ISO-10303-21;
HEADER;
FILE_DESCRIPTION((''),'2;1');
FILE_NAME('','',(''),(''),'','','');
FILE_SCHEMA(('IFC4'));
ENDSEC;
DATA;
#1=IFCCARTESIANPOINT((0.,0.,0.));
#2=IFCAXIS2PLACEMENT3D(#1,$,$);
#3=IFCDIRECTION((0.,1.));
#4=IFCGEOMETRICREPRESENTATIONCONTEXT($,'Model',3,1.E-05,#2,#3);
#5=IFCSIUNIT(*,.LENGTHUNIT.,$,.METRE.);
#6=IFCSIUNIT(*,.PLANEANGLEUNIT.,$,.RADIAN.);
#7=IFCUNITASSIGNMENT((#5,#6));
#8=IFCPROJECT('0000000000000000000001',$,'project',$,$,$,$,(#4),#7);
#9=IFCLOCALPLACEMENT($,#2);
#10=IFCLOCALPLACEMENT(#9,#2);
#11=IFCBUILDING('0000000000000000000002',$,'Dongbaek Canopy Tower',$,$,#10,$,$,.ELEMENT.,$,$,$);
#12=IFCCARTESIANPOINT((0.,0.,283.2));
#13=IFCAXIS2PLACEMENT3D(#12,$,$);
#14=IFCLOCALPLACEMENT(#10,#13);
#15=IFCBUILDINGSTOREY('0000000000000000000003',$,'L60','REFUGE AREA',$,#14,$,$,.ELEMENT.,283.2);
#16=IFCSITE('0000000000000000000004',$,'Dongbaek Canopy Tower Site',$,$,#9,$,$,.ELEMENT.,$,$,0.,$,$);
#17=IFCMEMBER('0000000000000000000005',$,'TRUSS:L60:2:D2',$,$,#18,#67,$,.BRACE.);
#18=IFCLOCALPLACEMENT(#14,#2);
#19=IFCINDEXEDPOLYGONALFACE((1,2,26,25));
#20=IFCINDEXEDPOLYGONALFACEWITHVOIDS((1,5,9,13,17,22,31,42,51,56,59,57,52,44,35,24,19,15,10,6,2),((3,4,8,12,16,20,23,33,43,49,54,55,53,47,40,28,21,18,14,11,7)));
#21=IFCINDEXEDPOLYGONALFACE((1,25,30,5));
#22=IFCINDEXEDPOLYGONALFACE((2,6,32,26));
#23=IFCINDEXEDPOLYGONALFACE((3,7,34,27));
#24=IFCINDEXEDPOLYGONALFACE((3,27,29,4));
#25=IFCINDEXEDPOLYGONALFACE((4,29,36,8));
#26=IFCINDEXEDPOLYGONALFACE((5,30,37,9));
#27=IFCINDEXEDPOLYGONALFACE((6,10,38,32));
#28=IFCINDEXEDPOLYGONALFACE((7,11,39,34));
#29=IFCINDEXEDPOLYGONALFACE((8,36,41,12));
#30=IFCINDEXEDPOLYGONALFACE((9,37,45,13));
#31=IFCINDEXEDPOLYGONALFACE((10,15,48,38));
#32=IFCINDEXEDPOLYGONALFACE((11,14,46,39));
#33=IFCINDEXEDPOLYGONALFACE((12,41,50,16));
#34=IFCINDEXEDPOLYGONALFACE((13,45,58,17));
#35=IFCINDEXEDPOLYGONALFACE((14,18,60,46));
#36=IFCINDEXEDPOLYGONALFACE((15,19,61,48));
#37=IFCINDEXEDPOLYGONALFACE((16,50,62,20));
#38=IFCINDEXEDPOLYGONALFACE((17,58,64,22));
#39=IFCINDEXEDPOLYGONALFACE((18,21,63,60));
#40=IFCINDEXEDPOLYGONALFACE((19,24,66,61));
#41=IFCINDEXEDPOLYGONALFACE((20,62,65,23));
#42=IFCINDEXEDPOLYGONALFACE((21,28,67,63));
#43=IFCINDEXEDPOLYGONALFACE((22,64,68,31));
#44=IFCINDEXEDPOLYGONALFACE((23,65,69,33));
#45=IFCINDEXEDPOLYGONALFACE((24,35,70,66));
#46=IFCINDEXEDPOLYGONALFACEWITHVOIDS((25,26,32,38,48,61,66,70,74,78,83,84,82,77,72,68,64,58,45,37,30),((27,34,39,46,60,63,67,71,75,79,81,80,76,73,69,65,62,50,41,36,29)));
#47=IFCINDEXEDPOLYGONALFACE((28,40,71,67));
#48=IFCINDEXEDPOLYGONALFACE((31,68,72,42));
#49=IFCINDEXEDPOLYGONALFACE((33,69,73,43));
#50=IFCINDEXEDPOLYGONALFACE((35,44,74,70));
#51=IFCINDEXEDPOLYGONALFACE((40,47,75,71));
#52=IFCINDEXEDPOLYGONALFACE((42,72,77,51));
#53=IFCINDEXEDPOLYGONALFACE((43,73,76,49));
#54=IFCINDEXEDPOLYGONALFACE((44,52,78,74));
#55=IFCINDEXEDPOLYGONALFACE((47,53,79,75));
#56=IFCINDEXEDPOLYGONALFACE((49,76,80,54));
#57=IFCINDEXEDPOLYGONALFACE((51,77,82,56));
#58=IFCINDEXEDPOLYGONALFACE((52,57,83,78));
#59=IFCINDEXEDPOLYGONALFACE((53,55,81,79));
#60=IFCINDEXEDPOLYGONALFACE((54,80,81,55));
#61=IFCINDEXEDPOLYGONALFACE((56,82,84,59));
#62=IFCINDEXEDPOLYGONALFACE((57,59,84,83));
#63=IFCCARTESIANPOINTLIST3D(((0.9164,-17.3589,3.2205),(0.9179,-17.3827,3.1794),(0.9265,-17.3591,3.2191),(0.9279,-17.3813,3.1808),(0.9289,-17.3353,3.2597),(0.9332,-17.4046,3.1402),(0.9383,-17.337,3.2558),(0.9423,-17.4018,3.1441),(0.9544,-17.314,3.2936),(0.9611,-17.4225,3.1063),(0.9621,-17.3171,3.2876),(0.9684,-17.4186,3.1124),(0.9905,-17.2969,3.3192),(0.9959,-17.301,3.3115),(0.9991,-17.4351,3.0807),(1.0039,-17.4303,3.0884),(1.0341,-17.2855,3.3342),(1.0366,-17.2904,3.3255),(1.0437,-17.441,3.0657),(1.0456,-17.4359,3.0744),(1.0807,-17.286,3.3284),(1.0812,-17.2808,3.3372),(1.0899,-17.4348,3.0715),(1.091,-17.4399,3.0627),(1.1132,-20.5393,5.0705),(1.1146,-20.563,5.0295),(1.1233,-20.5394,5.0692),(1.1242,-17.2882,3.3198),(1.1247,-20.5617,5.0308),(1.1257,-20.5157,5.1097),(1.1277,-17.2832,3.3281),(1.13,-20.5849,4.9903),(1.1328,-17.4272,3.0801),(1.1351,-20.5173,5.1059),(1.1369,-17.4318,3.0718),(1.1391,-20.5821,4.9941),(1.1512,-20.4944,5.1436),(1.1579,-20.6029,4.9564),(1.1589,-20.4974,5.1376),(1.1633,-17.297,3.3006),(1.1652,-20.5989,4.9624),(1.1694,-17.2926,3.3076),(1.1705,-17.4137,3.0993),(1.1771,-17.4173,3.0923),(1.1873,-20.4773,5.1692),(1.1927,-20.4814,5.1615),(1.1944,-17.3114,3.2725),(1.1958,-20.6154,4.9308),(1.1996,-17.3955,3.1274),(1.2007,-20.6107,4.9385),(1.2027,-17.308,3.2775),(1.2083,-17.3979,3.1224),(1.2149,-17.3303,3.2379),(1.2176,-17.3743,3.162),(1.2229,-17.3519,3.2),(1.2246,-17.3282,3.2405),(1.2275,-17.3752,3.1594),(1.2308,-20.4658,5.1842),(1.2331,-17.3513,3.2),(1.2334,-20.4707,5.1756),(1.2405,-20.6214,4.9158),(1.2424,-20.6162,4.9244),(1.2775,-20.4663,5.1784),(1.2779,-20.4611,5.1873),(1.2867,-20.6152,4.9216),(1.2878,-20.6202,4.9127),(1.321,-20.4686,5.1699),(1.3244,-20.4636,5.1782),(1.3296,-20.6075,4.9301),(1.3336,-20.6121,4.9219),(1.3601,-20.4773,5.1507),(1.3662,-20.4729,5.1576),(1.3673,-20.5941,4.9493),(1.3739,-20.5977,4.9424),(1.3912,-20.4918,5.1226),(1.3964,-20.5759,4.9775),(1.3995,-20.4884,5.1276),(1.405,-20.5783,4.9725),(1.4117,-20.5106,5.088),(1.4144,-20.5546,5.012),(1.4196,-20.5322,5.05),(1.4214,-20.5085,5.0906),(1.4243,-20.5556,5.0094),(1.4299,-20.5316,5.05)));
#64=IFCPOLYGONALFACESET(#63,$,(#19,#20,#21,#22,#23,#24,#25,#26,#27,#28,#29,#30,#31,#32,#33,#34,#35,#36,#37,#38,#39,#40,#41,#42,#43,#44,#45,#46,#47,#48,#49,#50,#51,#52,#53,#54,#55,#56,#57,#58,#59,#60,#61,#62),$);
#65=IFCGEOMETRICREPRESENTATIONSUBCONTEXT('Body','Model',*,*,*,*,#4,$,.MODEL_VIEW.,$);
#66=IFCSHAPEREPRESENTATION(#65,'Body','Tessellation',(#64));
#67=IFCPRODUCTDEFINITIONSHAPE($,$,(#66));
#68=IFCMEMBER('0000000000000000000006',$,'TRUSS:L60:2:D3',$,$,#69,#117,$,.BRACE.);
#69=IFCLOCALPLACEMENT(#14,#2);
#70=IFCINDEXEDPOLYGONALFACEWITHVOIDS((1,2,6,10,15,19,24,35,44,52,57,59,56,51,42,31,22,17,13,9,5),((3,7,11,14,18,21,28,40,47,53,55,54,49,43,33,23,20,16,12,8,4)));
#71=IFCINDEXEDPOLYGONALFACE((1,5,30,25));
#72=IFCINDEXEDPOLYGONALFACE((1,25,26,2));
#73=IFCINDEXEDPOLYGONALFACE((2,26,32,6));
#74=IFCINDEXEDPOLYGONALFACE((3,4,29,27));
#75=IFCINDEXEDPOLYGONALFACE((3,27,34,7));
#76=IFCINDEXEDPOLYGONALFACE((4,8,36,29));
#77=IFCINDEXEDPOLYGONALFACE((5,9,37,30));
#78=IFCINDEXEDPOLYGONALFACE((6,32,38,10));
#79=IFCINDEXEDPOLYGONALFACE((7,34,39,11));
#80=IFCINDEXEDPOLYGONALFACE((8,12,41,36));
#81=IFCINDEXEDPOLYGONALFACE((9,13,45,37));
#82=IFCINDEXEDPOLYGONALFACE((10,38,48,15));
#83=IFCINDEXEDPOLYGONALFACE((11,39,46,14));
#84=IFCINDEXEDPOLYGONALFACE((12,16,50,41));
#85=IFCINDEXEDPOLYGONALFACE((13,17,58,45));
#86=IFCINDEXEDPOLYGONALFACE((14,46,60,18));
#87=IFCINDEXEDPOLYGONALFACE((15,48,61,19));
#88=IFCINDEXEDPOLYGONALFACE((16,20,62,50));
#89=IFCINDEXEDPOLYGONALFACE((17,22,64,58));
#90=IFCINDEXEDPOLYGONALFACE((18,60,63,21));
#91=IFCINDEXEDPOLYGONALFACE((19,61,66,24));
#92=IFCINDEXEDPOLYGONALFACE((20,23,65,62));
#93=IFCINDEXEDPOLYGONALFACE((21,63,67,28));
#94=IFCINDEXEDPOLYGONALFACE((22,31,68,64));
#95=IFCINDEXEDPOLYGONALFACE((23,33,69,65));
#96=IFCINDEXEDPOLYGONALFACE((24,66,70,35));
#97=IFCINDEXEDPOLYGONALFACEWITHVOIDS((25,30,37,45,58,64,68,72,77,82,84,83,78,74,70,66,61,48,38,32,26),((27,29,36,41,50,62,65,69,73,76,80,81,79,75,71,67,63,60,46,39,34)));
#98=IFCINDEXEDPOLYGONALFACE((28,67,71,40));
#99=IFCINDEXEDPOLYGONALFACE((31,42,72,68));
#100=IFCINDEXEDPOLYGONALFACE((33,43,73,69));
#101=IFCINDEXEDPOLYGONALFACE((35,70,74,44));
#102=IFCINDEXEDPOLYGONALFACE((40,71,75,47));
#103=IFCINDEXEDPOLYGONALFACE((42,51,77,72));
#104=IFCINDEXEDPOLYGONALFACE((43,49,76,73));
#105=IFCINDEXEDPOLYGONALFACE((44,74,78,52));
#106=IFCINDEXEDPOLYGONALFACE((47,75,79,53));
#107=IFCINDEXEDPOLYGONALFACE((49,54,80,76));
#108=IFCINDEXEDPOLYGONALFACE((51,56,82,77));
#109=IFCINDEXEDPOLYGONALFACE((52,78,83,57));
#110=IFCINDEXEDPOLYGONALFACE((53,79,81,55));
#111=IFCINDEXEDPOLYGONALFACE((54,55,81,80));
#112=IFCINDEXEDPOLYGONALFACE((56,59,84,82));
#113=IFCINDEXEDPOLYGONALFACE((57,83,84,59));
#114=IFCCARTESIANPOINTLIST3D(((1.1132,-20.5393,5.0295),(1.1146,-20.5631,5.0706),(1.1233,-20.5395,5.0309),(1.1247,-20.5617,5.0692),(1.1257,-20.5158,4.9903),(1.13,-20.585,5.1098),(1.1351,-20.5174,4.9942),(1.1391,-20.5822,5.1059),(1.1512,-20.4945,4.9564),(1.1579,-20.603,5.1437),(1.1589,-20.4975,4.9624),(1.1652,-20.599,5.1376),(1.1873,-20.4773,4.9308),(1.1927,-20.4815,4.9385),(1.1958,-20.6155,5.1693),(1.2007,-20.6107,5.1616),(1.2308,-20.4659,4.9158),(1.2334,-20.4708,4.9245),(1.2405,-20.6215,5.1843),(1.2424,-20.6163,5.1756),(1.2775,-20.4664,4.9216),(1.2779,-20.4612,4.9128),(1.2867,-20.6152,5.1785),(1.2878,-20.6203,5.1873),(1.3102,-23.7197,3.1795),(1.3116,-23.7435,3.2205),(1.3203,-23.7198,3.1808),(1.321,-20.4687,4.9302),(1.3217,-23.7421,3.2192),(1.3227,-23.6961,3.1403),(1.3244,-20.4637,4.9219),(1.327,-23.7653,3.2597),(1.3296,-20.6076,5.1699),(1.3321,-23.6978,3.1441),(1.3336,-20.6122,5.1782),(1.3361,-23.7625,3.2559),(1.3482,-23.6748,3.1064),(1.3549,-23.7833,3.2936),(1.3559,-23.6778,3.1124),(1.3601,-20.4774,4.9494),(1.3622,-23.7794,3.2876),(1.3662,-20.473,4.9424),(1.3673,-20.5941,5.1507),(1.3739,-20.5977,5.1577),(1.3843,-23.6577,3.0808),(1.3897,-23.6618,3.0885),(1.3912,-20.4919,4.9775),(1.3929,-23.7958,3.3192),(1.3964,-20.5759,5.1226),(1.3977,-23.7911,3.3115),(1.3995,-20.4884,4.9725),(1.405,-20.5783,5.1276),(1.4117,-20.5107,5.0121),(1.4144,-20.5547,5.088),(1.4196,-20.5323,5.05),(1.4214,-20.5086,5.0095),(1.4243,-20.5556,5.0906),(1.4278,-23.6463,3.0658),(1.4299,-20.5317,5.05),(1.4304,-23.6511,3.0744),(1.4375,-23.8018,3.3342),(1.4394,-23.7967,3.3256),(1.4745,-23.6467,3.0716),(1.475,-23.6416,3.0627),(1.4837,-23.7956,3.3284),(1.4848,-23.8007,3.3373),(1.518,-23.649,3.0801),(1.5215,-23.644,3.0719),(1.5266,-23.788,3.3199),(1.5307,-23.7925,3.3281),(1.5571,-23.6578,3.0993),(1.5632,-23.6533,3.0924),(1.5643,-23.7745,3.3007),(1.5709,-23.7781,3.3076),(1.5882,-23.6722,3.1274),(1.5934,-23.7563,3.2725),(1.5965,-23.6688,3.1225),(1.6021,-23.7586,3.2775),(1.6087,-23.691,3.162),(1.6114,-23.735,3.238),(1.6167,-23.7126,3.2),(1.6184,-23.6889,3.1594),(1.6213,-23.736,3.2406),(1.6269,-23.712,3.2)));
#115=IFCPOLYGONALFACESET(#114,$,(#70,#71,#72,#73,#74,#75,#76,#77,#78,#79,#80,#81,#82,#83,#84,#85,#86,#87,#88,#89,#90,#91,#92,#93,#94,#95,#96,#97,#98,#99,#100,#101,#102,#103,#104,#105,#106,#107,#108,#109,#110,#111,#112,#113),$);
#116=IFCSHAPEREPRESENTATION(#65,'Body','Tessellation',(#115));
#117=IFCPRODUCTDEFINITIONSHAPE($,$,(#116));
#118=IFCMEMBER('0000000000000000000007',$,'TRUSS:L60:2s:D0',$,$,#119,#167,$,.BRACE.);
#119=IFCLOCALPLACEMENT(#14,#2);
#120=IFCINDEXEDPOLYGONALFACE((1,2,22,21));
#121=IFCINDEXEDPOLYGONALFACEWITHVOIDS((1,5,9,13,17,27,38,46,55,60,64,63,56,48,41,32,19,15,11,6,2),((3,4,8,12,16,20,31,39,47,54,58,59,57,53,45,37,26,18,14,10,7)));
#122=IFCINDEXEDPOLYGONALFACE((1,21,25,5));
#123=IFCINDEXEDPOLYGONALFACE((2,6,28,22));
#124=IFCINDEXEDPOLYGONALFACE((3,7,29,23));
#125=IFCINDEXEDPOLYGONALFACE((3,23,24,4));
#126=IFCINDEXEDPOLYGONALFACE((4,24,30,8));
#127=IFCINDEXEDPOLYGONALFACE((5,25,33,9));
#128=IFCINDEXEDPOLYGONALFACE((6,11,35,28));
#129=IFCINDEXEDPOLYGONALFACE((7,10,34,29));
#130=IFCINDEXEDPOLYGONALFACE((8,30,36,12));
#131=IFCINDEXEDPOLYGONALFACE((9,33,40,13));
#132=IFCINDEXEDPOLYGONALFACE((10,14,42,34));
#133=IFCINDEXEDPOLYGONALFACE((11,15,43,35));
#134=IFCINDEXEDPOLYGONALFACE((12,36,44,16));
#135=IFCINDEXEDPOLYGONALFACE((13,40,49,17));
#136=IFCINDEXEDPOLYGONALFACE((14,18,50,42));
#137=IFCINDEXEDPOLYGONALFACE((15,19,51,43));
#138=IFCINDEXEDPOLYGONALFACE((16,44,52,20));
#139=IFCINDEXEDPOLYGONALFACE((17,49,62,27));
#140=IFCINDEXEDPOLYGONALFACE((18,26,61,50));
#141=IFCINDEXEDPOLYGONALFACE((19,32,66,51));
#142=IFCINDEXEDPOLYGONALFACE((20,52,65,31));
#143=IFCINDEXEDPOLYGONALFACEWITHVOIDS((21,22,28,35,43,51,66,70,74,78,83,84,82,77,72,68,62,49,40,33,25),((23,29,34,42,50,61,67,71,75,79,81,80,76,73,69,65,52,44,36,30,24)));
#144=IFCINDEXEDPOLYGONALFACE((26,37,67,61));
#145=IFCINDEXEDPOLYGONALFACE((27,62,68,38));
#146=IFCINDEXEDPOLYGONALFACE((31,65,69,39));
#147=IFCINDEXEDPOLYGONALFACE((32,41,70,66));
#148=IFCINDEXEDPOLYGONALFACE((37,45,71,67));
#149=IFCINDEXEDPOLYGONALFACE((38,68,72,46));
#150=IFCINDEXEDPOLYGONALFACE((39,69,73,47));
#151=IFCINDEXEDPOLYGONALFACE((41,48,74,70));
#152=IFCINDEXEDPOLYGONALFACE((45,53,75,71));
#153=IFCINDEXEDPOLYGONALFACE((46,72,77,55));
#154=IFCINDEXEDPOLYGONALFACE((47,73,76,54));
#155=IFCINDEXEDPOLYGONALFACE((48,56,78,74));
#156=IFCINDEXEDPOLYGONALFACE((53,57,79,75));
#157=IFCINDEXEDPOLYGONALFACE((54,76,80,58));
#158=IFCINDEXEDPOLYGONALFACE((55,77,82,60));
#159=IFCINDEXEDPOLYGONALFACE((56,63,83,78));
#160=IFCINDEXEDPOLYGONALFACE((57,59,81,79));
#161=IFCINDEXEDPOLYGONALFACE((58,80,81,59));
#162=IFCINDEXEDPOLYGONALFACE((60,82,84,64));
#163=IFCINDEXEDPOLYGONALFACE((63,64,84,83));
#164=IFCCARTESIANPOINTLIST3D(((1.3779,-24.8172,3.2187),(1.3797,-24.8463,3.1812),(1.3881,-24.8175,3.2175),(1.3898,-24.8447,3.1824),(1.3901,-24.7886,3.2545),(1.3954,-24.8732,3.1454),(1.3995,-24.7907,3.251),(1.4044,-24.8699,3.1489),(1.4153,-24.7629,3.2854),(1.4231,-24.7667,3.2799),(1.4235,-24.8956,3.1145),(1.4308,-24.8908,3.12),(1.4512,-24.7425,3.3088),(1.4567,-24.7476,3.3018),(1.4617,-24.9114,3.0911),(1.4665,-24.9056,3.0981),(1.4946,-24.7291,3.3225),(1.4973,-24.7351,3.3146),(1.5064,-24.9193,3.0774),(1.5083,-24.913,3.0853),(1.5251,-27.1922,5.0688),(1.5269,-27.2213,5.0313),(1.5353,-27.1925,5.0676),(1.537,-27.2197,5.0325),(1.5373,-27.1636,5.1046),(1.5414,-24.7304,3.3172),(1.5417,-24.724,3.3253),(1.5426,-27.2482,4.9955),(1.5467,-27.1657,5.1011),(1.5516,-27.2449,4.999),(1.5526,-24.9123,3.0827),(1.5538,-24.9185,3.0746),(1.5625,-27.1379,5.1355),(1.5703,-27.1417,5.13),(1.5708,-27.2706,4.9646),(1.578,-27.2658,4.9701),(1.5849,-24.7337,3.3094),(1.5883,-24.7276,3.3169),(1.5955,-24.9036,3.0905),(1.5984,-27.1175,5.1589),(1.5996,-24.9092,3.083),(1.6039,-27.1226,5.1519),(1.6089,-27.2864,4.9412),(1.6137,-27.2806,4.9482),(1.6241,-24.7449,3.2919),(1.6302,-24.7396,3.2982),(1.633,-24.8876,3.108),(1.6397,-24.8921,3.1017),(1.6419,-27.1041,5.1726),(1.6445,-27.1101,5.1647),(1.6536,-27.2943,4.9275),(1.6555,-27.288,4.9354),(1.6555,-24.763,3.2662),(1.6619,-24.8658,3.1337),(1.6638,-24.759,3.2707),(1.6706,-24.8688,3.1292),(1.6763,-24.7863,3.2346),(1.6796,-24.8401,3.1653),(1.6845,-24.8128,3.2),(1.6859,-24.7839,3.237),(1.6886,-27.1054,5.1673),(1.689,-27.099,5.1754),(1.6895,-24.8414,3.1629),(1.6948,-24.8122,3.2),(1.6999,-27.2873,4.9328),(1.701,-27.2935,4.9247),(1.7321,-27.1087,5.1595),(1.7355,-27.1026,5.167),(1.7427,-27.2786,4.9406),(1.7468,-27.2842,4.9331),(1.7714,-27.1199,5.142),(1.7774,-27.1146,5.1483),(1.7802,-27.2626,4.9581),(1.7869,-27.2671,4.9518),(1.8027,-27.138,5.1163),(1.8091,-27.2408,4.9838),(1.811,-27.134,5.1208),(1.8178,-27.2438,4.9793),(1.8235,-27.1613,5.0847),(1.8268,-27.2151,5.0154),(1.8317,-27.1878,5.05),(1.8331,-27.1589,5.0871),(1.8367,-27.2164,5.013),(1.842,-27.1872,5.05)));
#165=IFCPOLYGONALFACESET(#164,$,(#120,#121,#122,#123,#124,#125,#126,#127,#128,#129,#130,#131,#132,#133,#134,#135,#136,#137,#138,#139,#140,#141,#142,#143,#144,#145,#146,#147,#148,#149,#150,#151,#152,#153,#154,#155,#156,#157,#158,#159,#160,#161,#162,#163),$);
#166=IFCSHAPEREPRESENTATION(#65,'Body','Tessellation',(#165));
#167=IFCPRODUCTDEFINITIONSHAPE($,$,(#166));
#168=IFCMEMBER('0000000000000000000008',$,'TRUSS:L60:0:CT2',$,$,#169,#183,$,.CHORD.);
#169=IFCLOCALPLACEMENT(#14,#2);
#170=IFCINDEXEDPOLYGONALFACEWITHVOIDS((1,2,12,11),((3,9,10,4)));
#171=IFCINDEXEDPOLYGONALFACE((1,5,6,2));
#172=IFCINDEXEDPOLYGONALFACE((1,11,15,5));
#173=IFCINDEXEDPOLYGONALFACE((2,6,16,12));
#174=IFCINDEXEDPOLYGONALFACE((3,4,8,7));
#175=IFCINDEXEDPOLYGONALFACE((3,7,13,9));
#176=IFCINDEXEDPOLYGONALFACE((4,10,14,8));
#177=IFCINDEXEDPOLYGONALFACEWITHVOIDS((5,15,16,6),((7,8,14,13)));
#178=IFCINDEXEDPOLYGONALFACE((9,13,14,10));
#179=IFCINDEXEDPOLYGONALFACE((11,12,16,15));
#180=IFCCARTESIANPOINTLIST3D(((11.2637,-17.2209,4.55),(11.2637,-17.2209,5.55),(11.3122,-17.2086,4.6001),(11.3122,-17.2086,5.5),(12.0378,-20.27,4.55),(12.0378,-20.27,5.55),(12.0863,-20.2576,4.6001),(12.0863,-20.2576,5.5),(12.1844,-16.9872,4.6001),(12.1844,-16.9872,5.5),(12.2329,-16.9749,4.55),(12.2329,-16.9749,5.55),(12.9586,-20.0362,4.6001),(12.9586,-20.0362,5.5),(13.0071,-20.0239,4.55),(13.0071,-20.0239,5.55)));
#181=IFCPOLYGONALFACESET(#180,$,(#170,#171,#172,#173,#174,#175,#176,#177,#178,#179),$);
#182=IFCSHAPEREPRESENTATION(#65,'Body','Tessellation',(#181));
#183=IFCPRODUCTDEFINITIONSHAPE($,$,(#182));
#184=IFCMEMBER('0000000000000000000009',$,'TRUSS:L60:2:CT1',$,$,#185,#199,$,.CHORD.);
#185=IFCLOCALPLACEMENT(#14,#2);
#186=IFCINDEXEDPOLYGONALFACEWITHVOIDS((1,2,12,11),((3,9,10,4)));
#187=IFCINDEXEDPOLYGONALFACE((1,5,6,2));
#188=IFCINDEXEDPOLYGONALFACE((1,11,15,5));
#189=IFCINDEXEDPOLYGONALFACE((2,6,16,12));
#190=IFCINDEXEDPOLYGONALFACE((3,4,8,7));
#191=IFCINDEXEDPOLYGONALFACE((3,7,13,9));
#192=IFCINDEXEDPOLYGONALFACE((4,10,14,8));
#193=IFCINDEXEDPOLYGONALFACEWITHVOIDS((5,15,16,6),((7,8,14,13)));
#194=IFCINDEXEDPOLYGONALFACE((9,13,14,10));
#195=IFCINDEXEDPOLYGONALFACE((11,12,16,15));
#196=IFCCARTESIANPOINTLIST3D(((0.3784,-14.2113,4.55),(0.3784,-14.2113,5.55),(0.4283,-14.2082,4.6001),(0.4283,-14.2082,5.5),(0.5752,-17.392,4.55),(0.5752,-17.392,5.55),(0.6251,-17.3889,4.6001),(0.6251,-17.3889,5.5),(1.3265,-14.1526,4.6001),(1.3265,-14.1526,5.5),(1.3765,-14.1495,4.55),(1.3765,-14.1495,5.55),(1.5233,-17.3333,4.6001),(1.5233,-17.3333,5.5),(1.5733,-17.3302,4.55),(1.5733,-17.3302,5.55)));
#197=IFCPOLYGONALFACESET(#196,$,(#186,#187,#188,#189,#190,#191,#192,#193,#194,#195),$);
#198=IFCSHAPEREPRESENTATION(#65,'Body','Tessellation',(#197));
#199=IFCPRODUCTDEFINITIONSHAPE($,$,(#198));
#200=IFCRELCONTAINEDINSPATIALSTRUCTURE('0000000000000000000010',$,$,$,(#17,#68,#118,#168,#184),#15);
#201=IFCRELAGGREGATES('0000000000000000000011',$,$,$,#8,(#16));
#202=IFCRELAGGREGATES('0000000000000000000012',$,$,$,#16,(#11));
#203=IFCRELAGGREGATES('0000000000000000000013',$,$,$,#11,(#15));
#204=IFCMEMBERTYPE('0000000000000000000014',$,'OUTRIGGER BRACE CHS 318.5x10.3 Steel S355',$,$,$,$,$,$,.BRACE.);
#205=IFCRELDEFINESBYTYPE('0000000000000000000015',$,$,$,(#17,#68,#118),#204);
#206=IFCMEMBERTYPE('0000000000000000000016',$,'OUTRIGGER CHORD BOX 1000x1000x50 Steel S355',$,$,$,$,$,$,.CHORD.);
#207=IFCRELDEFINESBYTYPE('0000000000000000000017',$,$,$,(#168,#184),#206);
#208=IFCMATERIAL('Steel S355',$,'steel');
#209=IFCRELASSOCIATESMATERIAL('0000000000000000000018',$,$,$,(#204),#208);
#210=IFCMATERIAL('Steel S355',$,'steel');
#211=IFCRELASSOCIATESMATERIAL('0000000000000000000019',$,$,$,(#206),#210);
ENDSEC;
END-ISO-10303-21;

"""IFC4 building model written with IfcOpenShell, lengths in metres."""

from ifc_helpers import new_model, si_unit, direction, frame, origin, origin_2d, place, context, subcontext, project, spatial, hollow_rectangle, hollow_circle, extrude, material, material_profile, profile_set, type_object, element, save


model = new_model("IFC4")

# Units and contexts
model_context = context("Model", 3, precision=1e-05, world=origin(), true_north=direction((0.0, 1.0)))
body_context = subcontext(model_context, "Body", "Model", "MODEL_VIEW")
ifc_project = project(units=[si_unit("LENGTHUNIT", "METRE"), si_unit("PLANEANGLEUNIT", "RADIAN")], contexts=[model_context])

# Site, building, storey
site_placement = place(None, origin())
site = spatial("IfcSite", under=ifc_project, at=site_placement, Name="Dongbaek Canopy Tower Site", CompositionType="ELEMENT", RefElevation=0.0)
building_placement = place(site_placement, origin())
building = spatial("IfcBuilding", under=site, at=building_placement, Name="Dongbaek Canopy Tower", CompositionType="ELEMENT")
storey_placement = place(building_placement, frame((0.0, 0.0, 283.2)))
storey = spatial("IfcBuildingStorey", under=building, at=storey_placement, Name="L60", Description="REFUGE AREA", CompositionType="ELEMENT", Elevation=283.2)

# Members
ifc_material_1 = material(Name="Steel S355", Category="steel")
ifc_material_profile_1 = material_profile(ifc_material_1, hollow_circle(Radius=0.1592, WallThickness=0.0103, at=origin_2d()), Name="OUTRIGGER BRACE CHS 318.5x10.3 Steel S355")
ifc_profile_set_1 = profile_set([ifc_material_profile_1], Name="Steel S355")
member_type_1 = type_object("IfcMemberType", Name="OUTRIGGER BRACE CHS 318.5x10.3 Steel S355", PredefinedType="BRACE", material=ifc_profile_set_1)
for number, where, z_axis, x_axis, name in (
    (1, (1.0742, -17.3611, 3.2), (0.053405, -0.863154, 0.502109), (0.998091, 0.061753, 0.0), "TRUSS:L60:2:D2"),
    (2, (1.271, -20.5415, 5.05), (0.053471, -0.863151, -0.502108), (0.998087, 0.06183, 0.0), "TRUSS:L60:2:D3"),
):
    element("IfcMember", number, at=place(storey_placement, frame(where, z_axis=z_axis, x_axis=x_axis)), inside=storey, type_object=member_type_1, Name=name, PredefinedType="BRACE", context=body_context, shape_type="SweptSolid", body=[
        extrude(hollow_circle(Radius=0.1592, WallThickness=0.0103, at=origin_2d()), origin(), (0.0, 0.0, 1.0), 3.6846),
    ])
member_1_placement = place(storey_placement, frame((1.5359, -24.822, 3.2), z_axis=(0.048842, -0.787948, 0.613802), x_axis=(0.998084, 0.061867, 0.0)))
element("IfcMember", 3, at=member_1_placement, inside=storey, type_object=member_type_1, Name="TRUSS:L60:2s:D0", PredefinedType="BRACE", context=body_context, shape_type="SweptSolid", body=[
    extrude(hollow_circle(Radius=0.1592, WallThickness=0.0103, at=origin_2d()), origin(), (0.0, 0.0, 1.0), 3.0142),
])
ifc_material_2 = material(Name="Steel S355", Category="steel")
ifc_material_profile_2 = material_profile(ifc_material_2, hollow_rectangle(XDim=1.0, YDim=1.0, WallThickness=0.05, at=origin_2d()), Name="OUTRIGGER CHORD BOX 1000x1000x50 Steel S355")
ifc_profile_set_2 = profile_set([ifc_material_profile_2], Name="Steel S355")
member_type_2 = type_object("IfcMemberType", Name="OUTRIGGER CHORD BOX 1000x1000x50 Steel S355", PredefinedType="CHORD", material=ifc_profile_set_2)
member_2_placement = place(storey_placement, frame((11.7483, -17.0979, 5.05), z_axis=(0.246095, -0.969246, 0.0), x_axis=(0.969246, 0.246095, 0.0)))
element("IfcMember", 4, at=member_2_placement, inside=storey, type_object=member_type_2, Name="TRUSS:L60:0:CT2", PredefinedType="CHORD", context=body_context, shape_type="SweptSolid", body=[
    extrude(hollow_rectangle(XDim=1.0, YDim=1.0, WallThickness=0.05, at=origin_2d()), origin(), (0.0, 0.0, 1.0), 3.1458),
])
member_3_placement = place(storey_placement, frame((0.8774, -14.1804, 5.05), z_axis=(0.061749, -0.998092, 0.0), x_axis=(0.998092, 0.061749, 0.0)))
element("IfcMember", 5, at=member_3_placement, inside=storey, type_object=member_type_2, Name="TRUSS:L60:2:CT1", PredefinedType="CHORD", context=body_context, shape_type="SweptSolid", body=[
    extrude(hollow_rectangle(XDim=1.0, YDim=1.0, WallThickness=0.05, at=origin_2d()), origin(), (0.0, 0.0, 1.0), 3.1868),
])

save(model, "model.ifc")
